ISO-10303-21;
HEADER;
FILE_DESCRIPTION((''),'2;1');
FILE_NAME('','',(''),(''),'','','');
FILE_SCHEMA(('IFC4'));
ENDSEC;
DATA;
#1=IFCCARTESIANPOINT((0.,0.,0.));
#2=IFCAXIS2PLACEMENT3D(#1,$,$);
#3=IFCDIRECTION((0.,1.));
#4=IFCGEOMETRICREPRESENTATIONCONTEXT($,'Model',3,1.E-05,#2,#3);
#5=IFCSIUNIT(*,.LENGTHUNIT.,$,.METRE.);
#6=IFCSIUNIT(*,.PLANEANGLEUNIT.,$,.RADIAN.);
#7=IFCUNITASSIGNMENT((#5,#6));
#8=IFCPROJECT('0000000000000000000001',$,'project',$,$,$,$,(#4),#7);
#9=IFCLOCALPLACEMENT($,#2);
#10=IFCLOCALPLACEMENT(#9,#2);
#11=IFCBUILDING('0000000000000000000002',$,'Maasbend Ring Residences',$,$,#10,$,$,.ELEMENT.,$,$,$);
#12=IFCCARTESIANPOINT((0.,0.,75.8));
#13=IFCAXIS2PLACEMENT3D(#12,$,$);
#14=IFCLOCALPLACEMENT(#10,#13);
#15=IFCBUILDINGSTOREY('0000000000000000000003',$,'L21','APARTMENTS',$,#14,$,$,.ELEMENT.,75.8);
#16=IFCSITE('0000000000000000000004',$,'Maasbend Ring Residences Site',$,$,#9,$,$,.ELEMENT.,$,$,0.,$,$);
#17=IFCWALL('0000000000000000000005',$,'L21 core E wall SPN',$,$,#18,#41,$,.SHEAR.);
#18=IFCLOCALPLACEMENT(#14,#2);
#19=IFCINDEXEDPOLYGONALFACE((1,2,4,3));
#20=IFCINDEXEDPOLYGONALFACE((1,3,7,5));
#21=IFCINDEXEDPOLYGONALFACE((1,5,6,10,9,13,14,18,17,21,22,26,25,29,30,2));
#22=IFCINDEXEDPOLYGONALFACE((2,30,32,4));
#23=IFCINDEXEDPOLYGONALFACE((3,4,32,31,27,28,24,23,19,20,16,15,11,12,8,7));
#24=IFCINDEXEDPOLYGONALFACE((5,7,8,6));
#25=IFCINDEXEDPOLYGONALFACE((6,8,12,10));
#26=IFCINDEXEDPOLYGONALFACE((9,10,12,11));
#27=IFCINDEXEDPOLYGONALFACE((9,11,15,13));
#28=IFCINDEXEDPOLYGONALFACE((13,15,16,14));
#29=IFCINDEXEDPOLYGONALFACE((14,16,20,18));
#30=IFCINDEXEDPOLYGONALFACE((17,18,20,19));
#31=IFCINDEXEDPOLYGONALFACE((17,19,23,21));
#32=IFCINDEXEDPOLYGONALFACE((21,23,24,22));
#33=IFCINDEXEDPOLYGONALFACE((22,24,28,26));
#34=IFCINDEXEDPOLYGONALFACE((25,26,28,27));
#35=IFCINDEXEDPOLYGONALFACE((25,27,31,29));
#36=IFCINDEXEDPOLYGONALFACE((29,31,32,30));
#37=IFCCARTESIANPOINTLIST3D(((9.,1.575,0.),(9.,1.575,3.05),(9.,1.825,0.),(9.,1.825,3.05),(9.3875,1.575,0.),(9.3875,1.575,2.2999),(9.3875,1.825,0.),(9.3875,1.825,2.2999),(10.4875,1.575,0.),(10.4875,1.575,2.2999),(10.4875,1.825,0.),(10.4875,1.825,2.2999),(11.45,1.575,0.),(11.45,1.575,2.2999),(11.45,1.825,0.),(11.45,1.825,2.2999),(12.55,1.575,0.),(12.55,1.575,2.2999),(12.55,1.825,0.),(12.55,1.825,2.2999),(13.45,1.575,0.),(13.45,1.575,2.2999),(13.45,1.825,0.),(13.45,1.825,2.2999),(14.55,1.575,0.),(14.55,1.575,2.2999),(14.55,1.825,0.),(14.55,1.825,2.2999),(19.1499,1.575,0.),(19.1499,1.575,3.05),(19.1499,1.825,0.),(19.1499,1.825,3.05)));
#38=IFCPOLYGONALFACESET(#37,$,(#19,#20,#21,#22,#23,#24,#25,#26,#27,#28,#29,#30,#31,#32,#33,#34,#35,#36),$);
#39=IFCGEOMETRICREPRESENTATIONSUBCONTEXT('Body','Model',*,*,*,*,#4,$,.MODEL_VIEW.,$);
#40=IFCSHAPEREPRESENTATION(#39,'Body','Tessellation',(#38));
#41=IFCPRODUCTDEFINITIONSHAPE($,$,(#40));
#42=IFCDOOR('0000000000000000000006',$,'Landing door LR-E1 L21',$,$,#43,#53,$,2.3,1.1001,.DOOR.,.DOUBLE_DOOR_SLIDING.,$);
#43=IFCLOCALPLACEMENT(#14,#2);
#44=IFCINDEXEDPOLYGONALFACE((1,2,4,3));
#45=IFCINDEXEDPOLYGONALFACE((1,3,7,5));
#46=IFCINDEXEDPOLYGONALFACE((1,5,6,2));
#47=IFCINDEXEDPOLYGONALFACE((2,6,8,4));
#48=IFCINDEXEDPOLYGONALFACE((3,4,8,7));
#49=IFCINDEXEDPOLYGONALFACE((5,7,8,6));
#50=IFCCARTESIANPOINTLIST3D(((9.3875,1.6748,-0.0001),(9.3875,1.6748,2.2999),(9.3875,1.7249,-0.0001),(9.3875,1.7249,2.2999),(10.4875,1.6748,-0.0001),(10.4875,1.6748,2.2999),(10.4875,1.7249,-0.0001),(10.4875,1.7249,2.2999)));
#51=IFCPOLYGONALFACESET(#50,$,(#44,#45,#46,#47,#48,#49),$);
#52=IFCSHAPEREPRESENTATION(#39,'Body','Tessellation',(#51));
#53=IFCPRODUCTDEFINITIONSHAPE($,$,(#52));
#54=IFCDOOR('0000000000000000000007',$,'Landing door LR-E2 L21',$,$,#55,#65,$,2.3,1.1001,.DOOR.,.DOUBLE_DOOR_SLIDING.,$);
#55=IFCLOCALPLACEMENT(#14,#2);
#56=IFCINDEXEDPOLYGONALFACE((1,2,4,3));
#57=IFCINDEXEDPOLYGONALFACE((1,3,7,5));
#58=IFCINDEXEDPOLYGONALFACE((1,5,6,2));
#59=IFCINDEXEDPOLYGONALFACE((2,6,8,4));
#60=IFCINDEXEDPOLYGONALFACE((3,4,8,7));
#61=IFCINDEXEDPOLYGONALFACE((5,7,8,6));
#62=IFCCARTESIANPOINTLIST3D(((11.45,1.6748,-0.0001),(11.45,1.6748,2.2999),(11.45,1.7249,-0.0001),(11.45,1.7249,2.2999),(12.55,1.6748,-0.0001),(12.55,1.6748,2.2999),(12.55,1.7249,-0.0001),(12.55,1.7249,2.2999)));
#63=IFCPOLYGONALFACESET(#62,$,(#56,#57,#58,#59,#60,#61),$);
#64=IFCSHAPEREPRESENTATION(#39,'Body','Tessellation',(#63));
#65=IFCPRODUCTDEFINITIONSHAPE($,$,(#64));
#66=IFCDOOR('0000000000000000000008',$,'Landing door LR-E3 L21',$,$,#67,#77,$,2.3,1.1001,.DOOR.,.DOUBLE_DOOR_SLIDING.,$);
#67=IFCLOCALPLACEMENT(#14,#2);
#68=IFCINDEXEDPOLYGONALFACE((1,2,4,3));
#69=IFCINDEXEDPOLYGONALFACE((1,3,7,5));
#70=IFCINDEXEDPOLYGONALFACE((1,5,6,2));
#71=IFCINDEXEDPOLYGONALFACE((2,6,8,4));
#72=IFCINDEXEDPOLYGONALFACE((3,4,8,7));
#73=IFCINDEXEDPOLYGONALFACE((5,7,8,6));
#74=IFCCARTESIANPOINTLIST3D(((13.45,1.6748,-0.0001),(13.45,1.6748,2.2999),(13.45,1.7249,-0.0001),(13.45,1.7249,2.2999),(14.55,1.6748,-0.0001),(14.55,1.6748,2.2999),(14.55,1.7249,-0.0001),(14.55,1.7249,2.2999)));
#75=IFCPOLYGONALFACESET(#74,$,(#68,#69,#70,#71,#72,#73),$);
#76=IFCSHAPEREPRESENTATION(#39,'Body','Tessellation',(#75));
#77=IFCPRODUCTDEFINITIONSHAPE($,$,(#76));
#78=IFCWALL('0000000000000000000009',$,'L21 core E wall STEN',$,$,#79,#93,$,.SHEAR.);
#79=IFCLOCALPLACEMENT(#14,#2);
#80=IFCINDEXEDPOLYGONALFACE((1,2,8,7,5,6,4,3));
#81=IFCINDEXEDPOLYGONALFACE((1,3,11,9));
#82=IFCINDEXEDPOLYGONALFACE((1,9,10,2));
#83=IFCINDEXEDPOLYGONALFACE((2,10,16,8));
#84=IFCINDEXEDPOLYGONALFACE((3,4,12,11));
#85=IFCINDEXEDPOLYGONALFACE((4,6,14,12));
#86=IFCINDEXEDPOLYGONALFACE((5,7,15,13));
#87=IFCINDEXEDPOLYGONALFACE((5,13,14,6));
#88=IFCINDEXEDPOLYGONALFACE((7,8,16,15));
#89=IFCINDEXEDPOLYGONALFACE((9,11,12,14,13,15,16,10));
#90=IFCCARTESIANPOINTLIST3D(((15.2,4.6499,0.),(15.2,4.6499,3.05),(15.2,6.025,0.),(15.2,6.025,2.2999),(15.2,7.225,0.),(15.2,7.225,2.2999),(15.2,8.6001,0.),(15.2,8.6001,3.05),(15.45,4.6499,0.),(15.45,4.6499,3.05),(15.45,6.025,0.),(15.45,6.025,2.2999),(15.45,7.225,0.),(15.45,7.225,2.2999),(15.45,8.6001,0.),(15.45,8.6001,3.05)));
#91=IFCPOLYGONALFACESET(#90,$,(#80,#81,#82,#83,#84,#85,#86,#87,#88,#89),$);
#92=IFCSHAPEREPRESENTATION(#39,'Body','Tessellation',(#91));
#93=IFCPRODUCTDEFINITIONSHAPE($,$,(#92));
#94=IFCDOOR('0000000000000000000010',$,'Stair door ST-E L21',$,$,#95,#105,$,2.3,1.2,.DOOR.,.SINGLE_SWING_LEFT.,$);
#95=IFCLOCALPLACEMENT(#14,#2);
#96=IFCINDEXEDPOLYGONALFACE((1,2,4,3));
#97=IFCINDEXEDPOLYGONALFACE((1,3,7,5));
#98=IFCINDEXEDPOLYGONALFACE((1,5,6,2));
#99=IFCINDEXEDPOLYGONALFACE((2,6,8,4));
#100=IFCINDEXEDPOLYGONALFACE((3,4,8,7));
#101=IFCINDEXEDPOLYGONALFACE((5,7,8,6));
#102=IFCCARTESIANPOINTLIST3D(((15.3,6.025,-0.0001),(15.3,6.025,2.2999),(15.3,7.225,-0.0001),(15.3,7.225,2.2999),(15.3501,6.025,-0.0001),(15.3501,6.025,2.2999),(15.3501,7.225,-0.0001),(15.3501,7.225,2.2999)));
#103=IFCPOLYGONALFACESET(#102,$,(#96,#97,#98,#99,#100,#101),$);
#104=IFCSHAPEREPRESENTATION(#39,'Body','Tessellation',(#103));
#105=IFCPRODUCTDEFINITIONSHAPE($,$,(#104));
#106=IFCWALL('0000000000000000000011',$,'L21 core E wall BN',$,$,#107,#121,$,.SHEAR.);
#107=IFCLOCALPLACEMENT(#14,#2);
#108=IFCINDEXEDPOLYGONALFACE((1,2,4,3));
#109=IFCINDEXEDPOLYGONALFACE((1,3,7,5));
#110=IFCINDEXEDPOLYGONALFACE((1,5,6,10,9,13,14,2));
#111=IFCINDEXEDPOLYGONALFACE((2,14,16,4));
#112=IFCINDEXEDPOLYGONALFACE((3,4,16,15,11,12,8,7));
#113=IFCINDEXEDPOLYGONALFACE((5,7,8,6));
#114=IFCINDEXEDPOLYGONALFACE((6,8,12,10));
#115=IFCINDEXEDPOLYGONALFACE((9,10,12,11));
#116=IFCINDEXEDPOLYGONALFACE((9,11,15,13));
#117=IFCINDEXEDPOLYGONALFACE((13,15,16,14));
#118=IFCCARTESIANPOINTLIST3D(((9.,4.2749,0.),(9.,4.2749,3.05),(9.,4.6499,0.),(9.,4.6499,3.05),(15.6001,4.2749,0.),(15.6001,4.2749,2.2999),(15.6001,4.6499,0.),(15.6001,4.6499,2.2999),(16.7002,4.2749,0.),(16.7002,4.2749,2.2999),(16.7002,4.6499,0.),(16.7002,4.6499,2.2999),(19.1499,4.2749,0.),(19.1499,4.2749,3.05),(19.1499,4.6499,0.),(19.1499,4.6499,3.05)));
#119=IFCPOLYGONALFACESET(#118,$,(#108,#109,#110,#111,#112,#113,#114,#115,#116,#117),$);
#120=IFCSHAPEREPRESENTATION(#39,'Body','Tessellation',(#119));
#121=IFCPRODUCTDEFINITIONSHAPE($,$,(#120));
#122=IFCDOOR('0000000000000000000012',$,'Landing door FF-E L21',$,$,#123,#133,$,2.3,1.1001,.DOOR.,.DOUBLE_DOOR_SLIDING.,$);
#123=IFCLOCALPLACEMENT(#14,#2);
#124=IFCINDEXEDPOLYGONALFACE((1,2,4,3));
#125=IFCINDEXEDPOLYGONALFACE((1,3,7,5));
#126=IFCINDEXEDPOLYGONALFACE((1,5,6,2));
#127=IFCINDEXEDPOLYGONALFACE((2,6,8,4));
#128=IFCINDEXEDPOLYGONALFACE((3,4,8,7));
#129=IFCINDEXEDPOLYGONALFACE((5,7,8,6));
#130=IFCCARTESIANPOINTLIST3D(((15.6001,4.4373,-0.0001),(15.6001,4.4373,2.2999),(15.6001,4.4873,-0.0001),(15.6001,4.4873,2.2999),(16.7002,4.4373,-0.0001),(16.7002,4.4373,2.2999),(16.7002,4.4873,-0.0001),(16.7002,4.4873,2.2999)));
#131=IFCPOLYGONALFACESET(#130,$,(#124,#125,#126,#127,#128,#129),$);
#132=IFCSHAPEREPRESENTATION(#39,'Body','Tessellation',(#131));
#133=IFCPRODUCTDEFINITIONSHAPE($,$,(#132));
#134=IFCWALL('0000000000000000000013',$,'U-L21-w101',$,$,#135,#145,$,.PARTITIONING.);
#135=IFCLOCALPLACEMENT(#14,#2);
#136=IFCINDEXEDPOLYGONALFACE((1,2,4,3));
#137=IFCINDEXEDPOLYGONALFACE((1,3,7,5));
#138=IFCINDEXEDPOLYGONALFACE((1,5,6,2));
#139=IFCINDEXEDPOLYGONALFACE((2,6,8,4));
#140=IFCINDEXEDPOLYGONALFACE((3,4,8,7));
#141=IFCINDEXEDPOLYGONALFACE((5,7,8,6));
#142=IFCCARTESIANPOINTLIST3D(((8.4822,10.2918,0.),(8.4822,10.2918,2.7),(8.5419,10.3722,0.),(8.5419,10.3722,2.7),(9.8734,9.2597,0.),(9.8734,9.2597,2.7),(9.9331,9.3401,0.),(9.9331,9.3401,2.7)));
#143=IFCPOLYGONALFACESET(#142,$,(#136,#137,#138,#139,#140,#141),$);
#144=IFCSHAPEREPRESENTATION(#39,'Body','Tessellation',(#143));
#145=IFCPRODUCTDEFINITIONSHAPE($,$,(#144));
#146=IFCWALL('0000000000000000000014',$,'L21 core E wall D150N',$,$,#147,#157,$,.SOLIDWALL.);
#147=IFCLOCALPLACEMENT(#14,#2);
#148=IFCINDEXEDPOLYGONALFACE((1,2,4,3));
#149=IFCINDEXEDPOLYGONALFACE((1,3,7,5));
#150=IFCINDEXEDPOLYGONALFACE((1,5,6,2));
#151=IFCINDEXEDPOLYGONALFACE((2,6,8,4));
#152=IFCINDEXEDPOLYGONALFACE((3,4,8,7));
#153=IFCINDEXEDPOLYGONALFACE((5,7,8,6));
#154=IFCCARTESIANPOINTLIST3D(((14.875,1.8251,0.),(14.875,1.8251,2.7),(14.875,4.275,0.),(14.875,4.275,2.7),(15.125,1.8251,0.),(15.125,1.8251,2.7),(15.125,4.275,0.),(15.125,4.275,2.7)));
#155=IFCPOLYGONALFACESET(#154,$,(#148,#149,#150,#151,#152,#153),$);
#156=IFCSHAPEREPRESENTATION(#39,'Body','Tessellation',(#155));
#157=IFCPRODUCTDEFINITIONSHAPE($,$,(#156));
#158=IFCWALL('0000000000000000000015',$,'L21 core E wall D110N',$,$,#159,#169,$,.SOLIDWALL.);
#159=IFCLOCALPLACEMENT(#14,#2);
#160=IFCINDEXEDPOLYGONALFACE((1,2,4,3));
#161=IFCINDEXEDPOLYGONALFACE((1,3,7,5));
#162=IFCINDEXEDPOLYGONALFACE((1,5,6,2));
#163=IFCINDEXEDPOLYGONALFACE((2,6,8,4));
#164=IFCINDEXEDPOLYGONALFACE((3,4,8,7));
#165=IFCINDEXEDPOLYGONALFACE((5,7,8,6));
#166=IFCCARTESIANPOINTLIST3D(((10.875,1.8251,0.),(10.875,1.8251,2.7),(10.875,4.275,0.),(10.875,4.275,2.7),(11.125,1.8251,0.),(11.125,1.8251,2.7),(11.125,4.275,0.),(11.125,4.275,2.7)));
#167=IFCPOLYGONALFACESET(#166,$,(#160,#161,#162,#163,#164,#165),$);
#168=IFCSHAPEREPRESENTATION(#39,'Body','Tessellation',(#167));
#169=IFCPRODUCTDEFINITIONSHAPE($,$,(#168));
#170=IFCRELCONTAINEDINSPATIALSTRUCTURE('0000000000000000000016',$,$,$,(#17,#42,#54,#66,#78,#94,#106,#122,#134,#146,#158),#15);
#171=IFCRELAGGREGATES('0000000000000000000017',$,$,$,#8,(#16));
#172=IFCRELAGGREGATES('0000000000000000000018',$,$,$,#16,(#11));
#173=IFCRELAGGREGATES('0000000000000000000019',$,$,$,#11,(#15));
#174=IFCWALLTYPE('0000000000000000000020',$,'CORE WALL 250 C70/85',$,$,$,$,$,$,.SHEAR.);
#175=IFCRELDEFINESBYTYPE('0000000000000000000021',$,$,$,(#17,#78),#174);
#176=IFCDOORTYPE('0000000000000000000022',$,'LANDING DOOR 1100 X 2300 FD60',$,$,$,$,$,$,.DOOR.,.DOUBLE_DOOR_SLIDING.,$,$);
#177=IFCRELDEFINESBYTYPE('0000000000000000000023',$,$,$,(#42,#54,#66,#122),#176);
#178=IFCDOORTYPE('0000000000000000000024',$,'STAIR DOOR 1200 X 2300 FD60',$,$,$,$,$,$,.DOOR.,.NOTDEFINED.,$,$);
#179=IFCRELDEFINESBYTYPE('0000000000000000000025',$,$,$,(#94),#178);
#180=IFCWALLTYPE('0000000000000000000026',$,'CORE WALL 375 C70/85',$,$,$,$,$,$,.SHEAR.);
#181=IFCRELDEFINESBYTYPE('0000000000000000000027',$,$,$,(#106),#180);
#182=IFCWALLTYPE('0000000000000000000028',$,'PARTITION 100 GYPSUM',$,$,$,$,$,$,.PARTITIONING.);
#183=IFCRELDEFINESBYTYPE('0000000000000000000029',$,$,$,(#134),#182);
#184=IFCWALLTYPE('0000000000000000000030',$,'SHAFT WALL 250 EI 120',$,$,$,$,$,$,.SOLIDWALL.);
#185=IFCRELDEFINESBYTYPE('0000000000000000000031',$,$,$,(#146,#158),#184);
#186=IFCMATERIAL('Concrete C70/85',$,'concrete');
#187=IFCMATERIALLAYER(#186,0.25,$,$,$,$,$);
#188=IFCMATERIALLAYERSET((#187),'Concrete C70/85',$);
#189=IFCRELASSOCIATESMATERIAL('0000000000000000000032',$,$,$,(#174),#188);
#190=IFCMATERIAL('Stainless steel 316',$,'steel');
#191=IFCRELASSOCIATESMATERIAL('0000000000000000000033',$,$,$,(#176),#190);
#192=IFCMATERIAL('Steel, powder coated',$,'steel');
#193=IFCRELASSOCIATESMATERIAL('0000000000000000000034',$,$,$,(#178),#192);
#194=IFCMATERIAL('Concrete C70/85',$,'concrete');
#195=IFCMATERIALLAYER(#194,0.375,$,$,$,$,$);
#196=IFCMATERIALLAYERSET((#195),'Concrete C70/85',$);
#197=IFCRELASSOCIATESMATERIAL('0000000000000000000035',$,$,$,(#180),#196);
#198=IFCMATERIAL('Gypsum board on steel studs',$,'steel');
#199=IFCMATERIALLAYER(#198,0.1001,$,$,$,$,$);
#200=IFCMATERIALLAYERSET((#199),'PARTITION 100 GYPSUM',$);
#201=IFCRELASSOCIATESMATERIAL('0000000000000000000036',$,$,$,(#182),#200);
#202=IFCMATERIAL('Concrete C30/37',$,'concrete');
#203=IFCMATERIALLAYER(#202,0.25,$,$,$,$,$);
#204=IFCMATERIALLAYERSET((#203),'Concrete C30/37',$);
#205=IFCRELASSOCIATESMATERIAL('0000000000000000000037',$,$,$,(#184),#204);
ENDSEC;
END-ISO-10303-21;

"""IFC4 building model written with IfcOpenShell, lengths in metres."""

from ifc_helpers import new_model, si_unit, direction, frame, frame_2d, origin, place, context, subcontext, project, spatial, rectangle, extrude, material, layer, layer_set, type_object, element, fill, save


model = new_model("IFC4")

# Units and contexts
model_context = context("Model", 3, precision=1e-05, world=origin(), true_north=direction((0.0, 1.0)))
body_context = subcontext(model_context, "Body", "Model", "MODEL_VIEW")
ifc_project = project(units=[si_unit("LENGTHUNIT", "METRE"), si_unit("PLANEANGLEUNIT", "RADIAN")], contexts=[model_context])

# Site, building, storey
site_placement = place(None, origin())
site = spatial("IfcSite", under=ifc_project, at=site_placement, Name="Maasbend Ring Residences Site", CompositionType="ELEMENT", RefElevation=0.0)
building_placement = place(site_placement, origin())
building = spatial("IfcBuilding", under=site, at=building_placement, Name="Maasbend Ring Residences", CompositionType="ELEMENT")
storey_placement = place(building_placement, frame((0.0, 0.0, 75.8)))
storey = spatial("IfcBuildingStorey", under=building, at=storey_placement, Name="L21", Description="APARTMENTS", CompositionType="ELEMENT", Elevation=75.8)

# Wall, openings, doors
ifc_material_1 = material(Name="Concrete C70/85", Category="concrete")
ifc_layer_1 = layer(ifc_material_1, 0.25)
ifc_layer_set_1 = layer_set([ifc_layer_1], Name="Concrete C70/85")
wall_type_1 = type_object("IfcWallType", Name="CORE WALL 250 C70/85", PredefinedType="SHEAR", material=ifc_layer_set_1)
wall_1_placement = place(storey_placement, frame((9.0, 1.7, 0.0), z_axis=(0.0, 0.0, 1.0), x_axis=(1.0, 0.0, 0.0)))
wall_1 = element("IfcWall", 1, at=wall_1_placement, inside=storey, type_object=wall_type_1, Name="L21 core E wall SPN", PredefinedType="SHEAR", context=body_context, shape_type="SweptSolid", body=[
    extrude(rectangle(XDim=10.1499, YDim=0.25, at=frame_2d((5.075, 0.0))), origin(), (0.0, 0.0, 1.0), 3.05),
])
opening_1_placement = place(wall_1_placement, frame((0.3875, 0.0, 0.0)))
opening_1 = element("IfcOpeningElement", 2, at=opening_1_placement, cuts=wall_1, PredefinedType="OPENING", context=body_context, shape_type="SweptSolid", body=[
    extrude(rectangle(XDim=1.1001, YDim=2.3, at=frame_2d((0.55, 1.1499))), frame((0.0, 0.135, 0.0), z_axis=(0.0, -1.0, 0.0), x_axis=(1.0, 0.0, 0.0)), (0.0, 0.0, 1.0), 0.27),
])
opening_2_placement = place(wall_1_placement, frame((2.45, 0.0, 0.0)))
opening_2 = element("IfcOpeningElement", 3, at=opening_2_placement, cuts=wall_1, PredefinedType="OPENING", context=body_context, shape_type="SweptSolid", body=[
    extrude(rectangle(XDim=1.1001, YDim=2.3, at=frame_2d((0.55, 1.1499))), frame((0.0, 0.135, 0.0), z_axis=(0.0, -1.0, 0.0), x_axis=(1.0, 0.0, 0.0)), (0.0, 0.0, 1.0), 0.27),
])
opening_3_placement = place(wall_1_placement, frame((4.45, 0.0, 0.0)))
opening_3 = element("IfcOpeningElement", 4, at=opening_3_placement, cuts=wall_1, PredefinedType="OPENING", context=body_context, shape_type="SweptSolid", body=[
    extrude(rectangle(XDim=1.1001, YDim=2.3, at=frame_2d((0.55, 1.1499))), frame((0.0, 0.135, 0.0), z_axis=(0.0, -1.0, 0.0), x_axis=(1.0, 0.0, 0.0)), (0.0, 0.0, 1.0), 0.27),
])
ifc_material_2 = material(Name="Stainless steel 316", Category="steel")
door_type_1 = type_object("IfcDoorType", Name="LANDING DOOR 1100 X 2300 FD60", OperationType="DOUBLE_DOOR_SLIDING", PredefinedType="DOOR", material=ifc_material_2)
door_1_placement = place(opening_1_placement, origin())
door_1 = element("IfcDoor", 5, at=door_1_placement, inside=storey, type_object=door_type_1, Name="Landing door LR-E1 L21", OperationType="DOUBLE_DOOR_SLIDING", OverallHeight=2.3, OverallWidth=1.1001, PredefinedType="DOOR", context=body_context, shape_type="SweptSolid", body=[
    extrude(rectangle(XDim=1.1001, YDim=2.3, at=frame_2d((0.55, 1.1499))), frame((0.0, 0.0249, 0.0), z_axis=(0.0, -1.0, 0.0), x_axis=(1.0, 0.0, 0.0)), (0.0, 0.0, 1.0), 0.05),
])
fill(opening_1, door_1)
door_2_placement = place(opening_2_placement, origin())
door_2 = element("IfcDoor", 6, at=door_2_placement, inside=storey, type_object=door_type_1, Name="Landing door LR-E2 L21", OperationType="DOUBLE_DOOR_SLIDING", OverallHeight=2.3, OverallWidth=1.1001, PredefinedType="DOOR", context=body_context, shape_type="SweptSolid", body=[
    extrude(rectangle(XDim=1.1001, YDim=2.3, at=frame_2d((0.55, 1.1499))), frame((0.0, 0.0249, 0.0), z_axis=(0.0, -1.0, 0.0), x_axis=(1.0, 0.0, 0.0)), (0.0, 0.0, 1.0), 0.05),
])
fill(opening_2, door_2)
door_3_placement = place(opening_3_placement, origin())
door_3 = element("IfcDoor", 7, at=door_3_placement, inside=storey, type_object=door_type_1, Name="Landing door LR-E3 L21", OperationType="DOUBLE_DOOR_SLIDING", OverallHeight=2.3, OverallWidth=1.1001, PredefinedType="DOOR", context=body_context, shape_type="SweptSolid", body=[
    extrude(rectangle(XDim=1.1001, YDim=2.3, at=frame_2d((0.55, 1.1499))), frame((0.0, 0.0249, 0.0), z_axis=(0.0, -1.0, 0.0), x_axis=(1.0, 0.0, 0.0)), (0.0, 0.0, 1.0), 0.05),
])
fill(opening_3, door_3)

# Walls, openings, doors
wall_2_placement = place(storey_placement, frame((15.325, 4.6499, 0.0), z_axis=(0.0, 0.0, 1.0), x_axis=(0.0, 1.0, 0.0)))
wall_2 = element("IfcWall", 8, at=wall_2_placement, inside=storey, type_object=wall_type_1, Name="L21 core E wall STEN", PredefinedType="SHEAR", context=body_context, shape_type="SweptSolid", body=[
    extrude(rectangle(XDim=3.9502, YDim=0.25, at=frame_2d((1.9751, 0.0))), origin(), (0.0, 0.0, 1.0), 3.05),
])
opening_4_placement = place(wall_2_placement, frame((1.375, 0.0, 0.0)))
opening_4 = element("IfcOpeningElement", 9, at=opening_4_placement, cuts=wall_2, PredefinedType="OPENING", context=body_context, shape_type="SweptSolid", body=[
    extrude(rectangle(XDim=1.2, YDim=2.3, at=frame_2d((0.6001, 1.1499))), frame((0.0, 0.135, 0.0), z_axis=(0.0, -1.0, 0.0), x_axis=(1.0, 0.0, 0.0)), (0.0, 0.0, 1.0), 0.27),
])
ifc_material_3 = material(Name="Steel, powder coated", Category="steel")
door_type_2 = type_object("IfcDoorType", Name="STAIR DOOR 1200 X 2300 FD60", OperationType="NOTDEFINED", PredefinedType="DOOR", material=ifc_material_3)
door_4_placement = place(opening_4_placement, origin())
door_4 = element("IfcDoor", 10, at=door_4_placement, inside=storey, type_object=door_type_2, Name="Stair door ST-E L21", OperationType="SINGLE_SWING_LEFT", OverallHeight=2.3, OverallWidth=1.2, PredefinedType="DOOR", context=body_context, shape_type="SweptSolid", body=[
    extrude(rectangle(XDim=1.2, YDim=2.3, at=frame_2d((0.6001, 1.1499))), frame((0.0, 0.0249, 0.0), z_axis=(0.0, -1.0, 0.0), x_axis=(1.0, 0.0, 0.0)), (0.0, 0.0, 1.0), 0.05),
])
fill(opening_4, door_4)
ifc_material_4 = material(Name="Concrete C70/85", Category="concrete")
ifc_layer_2 = layer(ifc_material_4, 0.375)
ifc_layer_set_2 = layer_set([ifc_layer_2], Name="Concrete C70/85")
wall_type_2 = type_object("IfcWallType", Name="CORE WALL 375 C70/85", PredefinedType="SHEAR", material=ifc_layer_set_2)
wall_3_placement = place(storey_placement, frame((9.0, 4.4624, 0.0), z_axis=(0.0, 0.0, 1.0), x_axis=(1.0, 0.0, 0.0)))
wall_3 = element("IfcWall", 11, at=wall_3_placement, inside=storey, type_object=wall_type_2, Name="L21 core E wall BN", PredefinedType="SHEAR", context=body_context, shape_type="SweptSolid", body=[
    extrude(rectangle(XDim=10.1499, YDim=0.375, at=frame_2d((5.075, 0.0))), origin(), (0.0, 0.0, 1.0), 3.05),
])
opening_5_placement = place(wall_3_placement, frame((6.6001, 0.0, 0.0)))
opening_5 = element("IfcOpeningElement", 12, at=opening_5_placement, cuts=wall_3, PredefinedType="OPENING", context=body_context, shape_type="SweptSolid", body=[
    extrude(rectangle(XDim=1.1001, YDim=2.3, at=frame_2d((0.55, 1.1499))), frame((0.0, 0.1975, 0.0), z_axis=(0.0, -1.0, 0.0), x_axis=(1.0, 0.0, 0.0)), (0.0, 0.0, 1.0), 0.395),
])
door_5_placement = place(opening_5_placement, origin())
door_5 = element("IfcDoor", 13, at=door_5_placement, inside=storey, type_object=door_type_1, Name="Landing door FF-E L21", OperationType="DOUBLE_DOOR_SLIDING", OverallHeight=2.3, OverallWidth=1.1001, PredefinedType="DOOR", context=body_context, shape_type="SweptSolid", body=[
    extrude(rectangle(XDim=1.1001, YDim=2.3, at=frame_2d((0.55, 1.1499))), frame((0.0, 0.0249, 0.0), z_axis=(0.0, -1.0, 0.0), x_axis=(1.0, 0.0, 0.0)), (0.0, 0.0, 1.0), 0.05),
])
fill(opening_5, door_5)

# Walls
ifc_material_5 = material(Name="Gypsum board on steel studs", Category="steel")
ifc_layer_3 = layer(ifc_material_5, 0.1001)
ifc_layer_set_3 = layer_set([ifc_layer_3], Name="PARTITION 100 GYPSUM")
wall_type_3 = type_object("IfcWallType", Name="PARTITION 100 GYPSUM", PredefinedType="PARTITIONING", material=ifc_layer_set_3)
wall_4_placement = place(storey_placement, frame((8.512, 10.332, 0.0), z_axis=(0.0, 0.0, 1.0), x_axis=(0.803135, -0.595797, 0.0)))
element("IfcWall", 14, at=wall_4_placement, inside=storey, type_object=wall_type_3, Name="U-L21-w101", PredefinedType="PARTITIONING", context=body_context, shape_type="SweptSolid", body=[
    extrude(rectangle(XDim=1.7322, YDim=0.1001, at=frame_2d((0.8662, 0.0))), origin(), (0.0, 0.0, 1.0), 2.7),
])
ifc_material_6 = material(Name="Concrete C30/37", Category="concrete")
ifc_layer_4 = layer(ifc_material_6, 0.25)
ifc_layer_set_4 = layer_set([ifc_layer_4], Name="Concrete C30/37")
wall_type_4 = type_object("IfcWallType", Name="SHAFT WALL 250 EI 120", PredefinedType="SOLIDWALL", material=ifc_layer_set_4)
for number, where, z_axis, x_axis, name in (
    (15, (15.0, 1.825, 0.0), (0.0, 0.0, 1.0), (0.0, 1.0, 0.0), "L21 core E wall D150N"),
    (16, (11.0, 1.825, 0.0), (0.0, 0.0, 1.0), (0.0, 1.0, 0.0), "L21 core E wall D110N"),
):
    element("IfcWall", number, at=place(storey_placement, frame(where, z_axis=z_axis, x_axis=x_axis)), inside=storey, type_object=wall_type_4, Name=name, PredefinedType="SOLIDWALL", context=body_context, shape_type="SweptSolid", body=[
        extrude(rectangle(XDim=2.45, YDim=0.25, at=frame_2d((1.2251, 0.0))), origin(), (0.0, 0.0, 1.0), 2.7),
    ])

save(model, "model.ifc")
